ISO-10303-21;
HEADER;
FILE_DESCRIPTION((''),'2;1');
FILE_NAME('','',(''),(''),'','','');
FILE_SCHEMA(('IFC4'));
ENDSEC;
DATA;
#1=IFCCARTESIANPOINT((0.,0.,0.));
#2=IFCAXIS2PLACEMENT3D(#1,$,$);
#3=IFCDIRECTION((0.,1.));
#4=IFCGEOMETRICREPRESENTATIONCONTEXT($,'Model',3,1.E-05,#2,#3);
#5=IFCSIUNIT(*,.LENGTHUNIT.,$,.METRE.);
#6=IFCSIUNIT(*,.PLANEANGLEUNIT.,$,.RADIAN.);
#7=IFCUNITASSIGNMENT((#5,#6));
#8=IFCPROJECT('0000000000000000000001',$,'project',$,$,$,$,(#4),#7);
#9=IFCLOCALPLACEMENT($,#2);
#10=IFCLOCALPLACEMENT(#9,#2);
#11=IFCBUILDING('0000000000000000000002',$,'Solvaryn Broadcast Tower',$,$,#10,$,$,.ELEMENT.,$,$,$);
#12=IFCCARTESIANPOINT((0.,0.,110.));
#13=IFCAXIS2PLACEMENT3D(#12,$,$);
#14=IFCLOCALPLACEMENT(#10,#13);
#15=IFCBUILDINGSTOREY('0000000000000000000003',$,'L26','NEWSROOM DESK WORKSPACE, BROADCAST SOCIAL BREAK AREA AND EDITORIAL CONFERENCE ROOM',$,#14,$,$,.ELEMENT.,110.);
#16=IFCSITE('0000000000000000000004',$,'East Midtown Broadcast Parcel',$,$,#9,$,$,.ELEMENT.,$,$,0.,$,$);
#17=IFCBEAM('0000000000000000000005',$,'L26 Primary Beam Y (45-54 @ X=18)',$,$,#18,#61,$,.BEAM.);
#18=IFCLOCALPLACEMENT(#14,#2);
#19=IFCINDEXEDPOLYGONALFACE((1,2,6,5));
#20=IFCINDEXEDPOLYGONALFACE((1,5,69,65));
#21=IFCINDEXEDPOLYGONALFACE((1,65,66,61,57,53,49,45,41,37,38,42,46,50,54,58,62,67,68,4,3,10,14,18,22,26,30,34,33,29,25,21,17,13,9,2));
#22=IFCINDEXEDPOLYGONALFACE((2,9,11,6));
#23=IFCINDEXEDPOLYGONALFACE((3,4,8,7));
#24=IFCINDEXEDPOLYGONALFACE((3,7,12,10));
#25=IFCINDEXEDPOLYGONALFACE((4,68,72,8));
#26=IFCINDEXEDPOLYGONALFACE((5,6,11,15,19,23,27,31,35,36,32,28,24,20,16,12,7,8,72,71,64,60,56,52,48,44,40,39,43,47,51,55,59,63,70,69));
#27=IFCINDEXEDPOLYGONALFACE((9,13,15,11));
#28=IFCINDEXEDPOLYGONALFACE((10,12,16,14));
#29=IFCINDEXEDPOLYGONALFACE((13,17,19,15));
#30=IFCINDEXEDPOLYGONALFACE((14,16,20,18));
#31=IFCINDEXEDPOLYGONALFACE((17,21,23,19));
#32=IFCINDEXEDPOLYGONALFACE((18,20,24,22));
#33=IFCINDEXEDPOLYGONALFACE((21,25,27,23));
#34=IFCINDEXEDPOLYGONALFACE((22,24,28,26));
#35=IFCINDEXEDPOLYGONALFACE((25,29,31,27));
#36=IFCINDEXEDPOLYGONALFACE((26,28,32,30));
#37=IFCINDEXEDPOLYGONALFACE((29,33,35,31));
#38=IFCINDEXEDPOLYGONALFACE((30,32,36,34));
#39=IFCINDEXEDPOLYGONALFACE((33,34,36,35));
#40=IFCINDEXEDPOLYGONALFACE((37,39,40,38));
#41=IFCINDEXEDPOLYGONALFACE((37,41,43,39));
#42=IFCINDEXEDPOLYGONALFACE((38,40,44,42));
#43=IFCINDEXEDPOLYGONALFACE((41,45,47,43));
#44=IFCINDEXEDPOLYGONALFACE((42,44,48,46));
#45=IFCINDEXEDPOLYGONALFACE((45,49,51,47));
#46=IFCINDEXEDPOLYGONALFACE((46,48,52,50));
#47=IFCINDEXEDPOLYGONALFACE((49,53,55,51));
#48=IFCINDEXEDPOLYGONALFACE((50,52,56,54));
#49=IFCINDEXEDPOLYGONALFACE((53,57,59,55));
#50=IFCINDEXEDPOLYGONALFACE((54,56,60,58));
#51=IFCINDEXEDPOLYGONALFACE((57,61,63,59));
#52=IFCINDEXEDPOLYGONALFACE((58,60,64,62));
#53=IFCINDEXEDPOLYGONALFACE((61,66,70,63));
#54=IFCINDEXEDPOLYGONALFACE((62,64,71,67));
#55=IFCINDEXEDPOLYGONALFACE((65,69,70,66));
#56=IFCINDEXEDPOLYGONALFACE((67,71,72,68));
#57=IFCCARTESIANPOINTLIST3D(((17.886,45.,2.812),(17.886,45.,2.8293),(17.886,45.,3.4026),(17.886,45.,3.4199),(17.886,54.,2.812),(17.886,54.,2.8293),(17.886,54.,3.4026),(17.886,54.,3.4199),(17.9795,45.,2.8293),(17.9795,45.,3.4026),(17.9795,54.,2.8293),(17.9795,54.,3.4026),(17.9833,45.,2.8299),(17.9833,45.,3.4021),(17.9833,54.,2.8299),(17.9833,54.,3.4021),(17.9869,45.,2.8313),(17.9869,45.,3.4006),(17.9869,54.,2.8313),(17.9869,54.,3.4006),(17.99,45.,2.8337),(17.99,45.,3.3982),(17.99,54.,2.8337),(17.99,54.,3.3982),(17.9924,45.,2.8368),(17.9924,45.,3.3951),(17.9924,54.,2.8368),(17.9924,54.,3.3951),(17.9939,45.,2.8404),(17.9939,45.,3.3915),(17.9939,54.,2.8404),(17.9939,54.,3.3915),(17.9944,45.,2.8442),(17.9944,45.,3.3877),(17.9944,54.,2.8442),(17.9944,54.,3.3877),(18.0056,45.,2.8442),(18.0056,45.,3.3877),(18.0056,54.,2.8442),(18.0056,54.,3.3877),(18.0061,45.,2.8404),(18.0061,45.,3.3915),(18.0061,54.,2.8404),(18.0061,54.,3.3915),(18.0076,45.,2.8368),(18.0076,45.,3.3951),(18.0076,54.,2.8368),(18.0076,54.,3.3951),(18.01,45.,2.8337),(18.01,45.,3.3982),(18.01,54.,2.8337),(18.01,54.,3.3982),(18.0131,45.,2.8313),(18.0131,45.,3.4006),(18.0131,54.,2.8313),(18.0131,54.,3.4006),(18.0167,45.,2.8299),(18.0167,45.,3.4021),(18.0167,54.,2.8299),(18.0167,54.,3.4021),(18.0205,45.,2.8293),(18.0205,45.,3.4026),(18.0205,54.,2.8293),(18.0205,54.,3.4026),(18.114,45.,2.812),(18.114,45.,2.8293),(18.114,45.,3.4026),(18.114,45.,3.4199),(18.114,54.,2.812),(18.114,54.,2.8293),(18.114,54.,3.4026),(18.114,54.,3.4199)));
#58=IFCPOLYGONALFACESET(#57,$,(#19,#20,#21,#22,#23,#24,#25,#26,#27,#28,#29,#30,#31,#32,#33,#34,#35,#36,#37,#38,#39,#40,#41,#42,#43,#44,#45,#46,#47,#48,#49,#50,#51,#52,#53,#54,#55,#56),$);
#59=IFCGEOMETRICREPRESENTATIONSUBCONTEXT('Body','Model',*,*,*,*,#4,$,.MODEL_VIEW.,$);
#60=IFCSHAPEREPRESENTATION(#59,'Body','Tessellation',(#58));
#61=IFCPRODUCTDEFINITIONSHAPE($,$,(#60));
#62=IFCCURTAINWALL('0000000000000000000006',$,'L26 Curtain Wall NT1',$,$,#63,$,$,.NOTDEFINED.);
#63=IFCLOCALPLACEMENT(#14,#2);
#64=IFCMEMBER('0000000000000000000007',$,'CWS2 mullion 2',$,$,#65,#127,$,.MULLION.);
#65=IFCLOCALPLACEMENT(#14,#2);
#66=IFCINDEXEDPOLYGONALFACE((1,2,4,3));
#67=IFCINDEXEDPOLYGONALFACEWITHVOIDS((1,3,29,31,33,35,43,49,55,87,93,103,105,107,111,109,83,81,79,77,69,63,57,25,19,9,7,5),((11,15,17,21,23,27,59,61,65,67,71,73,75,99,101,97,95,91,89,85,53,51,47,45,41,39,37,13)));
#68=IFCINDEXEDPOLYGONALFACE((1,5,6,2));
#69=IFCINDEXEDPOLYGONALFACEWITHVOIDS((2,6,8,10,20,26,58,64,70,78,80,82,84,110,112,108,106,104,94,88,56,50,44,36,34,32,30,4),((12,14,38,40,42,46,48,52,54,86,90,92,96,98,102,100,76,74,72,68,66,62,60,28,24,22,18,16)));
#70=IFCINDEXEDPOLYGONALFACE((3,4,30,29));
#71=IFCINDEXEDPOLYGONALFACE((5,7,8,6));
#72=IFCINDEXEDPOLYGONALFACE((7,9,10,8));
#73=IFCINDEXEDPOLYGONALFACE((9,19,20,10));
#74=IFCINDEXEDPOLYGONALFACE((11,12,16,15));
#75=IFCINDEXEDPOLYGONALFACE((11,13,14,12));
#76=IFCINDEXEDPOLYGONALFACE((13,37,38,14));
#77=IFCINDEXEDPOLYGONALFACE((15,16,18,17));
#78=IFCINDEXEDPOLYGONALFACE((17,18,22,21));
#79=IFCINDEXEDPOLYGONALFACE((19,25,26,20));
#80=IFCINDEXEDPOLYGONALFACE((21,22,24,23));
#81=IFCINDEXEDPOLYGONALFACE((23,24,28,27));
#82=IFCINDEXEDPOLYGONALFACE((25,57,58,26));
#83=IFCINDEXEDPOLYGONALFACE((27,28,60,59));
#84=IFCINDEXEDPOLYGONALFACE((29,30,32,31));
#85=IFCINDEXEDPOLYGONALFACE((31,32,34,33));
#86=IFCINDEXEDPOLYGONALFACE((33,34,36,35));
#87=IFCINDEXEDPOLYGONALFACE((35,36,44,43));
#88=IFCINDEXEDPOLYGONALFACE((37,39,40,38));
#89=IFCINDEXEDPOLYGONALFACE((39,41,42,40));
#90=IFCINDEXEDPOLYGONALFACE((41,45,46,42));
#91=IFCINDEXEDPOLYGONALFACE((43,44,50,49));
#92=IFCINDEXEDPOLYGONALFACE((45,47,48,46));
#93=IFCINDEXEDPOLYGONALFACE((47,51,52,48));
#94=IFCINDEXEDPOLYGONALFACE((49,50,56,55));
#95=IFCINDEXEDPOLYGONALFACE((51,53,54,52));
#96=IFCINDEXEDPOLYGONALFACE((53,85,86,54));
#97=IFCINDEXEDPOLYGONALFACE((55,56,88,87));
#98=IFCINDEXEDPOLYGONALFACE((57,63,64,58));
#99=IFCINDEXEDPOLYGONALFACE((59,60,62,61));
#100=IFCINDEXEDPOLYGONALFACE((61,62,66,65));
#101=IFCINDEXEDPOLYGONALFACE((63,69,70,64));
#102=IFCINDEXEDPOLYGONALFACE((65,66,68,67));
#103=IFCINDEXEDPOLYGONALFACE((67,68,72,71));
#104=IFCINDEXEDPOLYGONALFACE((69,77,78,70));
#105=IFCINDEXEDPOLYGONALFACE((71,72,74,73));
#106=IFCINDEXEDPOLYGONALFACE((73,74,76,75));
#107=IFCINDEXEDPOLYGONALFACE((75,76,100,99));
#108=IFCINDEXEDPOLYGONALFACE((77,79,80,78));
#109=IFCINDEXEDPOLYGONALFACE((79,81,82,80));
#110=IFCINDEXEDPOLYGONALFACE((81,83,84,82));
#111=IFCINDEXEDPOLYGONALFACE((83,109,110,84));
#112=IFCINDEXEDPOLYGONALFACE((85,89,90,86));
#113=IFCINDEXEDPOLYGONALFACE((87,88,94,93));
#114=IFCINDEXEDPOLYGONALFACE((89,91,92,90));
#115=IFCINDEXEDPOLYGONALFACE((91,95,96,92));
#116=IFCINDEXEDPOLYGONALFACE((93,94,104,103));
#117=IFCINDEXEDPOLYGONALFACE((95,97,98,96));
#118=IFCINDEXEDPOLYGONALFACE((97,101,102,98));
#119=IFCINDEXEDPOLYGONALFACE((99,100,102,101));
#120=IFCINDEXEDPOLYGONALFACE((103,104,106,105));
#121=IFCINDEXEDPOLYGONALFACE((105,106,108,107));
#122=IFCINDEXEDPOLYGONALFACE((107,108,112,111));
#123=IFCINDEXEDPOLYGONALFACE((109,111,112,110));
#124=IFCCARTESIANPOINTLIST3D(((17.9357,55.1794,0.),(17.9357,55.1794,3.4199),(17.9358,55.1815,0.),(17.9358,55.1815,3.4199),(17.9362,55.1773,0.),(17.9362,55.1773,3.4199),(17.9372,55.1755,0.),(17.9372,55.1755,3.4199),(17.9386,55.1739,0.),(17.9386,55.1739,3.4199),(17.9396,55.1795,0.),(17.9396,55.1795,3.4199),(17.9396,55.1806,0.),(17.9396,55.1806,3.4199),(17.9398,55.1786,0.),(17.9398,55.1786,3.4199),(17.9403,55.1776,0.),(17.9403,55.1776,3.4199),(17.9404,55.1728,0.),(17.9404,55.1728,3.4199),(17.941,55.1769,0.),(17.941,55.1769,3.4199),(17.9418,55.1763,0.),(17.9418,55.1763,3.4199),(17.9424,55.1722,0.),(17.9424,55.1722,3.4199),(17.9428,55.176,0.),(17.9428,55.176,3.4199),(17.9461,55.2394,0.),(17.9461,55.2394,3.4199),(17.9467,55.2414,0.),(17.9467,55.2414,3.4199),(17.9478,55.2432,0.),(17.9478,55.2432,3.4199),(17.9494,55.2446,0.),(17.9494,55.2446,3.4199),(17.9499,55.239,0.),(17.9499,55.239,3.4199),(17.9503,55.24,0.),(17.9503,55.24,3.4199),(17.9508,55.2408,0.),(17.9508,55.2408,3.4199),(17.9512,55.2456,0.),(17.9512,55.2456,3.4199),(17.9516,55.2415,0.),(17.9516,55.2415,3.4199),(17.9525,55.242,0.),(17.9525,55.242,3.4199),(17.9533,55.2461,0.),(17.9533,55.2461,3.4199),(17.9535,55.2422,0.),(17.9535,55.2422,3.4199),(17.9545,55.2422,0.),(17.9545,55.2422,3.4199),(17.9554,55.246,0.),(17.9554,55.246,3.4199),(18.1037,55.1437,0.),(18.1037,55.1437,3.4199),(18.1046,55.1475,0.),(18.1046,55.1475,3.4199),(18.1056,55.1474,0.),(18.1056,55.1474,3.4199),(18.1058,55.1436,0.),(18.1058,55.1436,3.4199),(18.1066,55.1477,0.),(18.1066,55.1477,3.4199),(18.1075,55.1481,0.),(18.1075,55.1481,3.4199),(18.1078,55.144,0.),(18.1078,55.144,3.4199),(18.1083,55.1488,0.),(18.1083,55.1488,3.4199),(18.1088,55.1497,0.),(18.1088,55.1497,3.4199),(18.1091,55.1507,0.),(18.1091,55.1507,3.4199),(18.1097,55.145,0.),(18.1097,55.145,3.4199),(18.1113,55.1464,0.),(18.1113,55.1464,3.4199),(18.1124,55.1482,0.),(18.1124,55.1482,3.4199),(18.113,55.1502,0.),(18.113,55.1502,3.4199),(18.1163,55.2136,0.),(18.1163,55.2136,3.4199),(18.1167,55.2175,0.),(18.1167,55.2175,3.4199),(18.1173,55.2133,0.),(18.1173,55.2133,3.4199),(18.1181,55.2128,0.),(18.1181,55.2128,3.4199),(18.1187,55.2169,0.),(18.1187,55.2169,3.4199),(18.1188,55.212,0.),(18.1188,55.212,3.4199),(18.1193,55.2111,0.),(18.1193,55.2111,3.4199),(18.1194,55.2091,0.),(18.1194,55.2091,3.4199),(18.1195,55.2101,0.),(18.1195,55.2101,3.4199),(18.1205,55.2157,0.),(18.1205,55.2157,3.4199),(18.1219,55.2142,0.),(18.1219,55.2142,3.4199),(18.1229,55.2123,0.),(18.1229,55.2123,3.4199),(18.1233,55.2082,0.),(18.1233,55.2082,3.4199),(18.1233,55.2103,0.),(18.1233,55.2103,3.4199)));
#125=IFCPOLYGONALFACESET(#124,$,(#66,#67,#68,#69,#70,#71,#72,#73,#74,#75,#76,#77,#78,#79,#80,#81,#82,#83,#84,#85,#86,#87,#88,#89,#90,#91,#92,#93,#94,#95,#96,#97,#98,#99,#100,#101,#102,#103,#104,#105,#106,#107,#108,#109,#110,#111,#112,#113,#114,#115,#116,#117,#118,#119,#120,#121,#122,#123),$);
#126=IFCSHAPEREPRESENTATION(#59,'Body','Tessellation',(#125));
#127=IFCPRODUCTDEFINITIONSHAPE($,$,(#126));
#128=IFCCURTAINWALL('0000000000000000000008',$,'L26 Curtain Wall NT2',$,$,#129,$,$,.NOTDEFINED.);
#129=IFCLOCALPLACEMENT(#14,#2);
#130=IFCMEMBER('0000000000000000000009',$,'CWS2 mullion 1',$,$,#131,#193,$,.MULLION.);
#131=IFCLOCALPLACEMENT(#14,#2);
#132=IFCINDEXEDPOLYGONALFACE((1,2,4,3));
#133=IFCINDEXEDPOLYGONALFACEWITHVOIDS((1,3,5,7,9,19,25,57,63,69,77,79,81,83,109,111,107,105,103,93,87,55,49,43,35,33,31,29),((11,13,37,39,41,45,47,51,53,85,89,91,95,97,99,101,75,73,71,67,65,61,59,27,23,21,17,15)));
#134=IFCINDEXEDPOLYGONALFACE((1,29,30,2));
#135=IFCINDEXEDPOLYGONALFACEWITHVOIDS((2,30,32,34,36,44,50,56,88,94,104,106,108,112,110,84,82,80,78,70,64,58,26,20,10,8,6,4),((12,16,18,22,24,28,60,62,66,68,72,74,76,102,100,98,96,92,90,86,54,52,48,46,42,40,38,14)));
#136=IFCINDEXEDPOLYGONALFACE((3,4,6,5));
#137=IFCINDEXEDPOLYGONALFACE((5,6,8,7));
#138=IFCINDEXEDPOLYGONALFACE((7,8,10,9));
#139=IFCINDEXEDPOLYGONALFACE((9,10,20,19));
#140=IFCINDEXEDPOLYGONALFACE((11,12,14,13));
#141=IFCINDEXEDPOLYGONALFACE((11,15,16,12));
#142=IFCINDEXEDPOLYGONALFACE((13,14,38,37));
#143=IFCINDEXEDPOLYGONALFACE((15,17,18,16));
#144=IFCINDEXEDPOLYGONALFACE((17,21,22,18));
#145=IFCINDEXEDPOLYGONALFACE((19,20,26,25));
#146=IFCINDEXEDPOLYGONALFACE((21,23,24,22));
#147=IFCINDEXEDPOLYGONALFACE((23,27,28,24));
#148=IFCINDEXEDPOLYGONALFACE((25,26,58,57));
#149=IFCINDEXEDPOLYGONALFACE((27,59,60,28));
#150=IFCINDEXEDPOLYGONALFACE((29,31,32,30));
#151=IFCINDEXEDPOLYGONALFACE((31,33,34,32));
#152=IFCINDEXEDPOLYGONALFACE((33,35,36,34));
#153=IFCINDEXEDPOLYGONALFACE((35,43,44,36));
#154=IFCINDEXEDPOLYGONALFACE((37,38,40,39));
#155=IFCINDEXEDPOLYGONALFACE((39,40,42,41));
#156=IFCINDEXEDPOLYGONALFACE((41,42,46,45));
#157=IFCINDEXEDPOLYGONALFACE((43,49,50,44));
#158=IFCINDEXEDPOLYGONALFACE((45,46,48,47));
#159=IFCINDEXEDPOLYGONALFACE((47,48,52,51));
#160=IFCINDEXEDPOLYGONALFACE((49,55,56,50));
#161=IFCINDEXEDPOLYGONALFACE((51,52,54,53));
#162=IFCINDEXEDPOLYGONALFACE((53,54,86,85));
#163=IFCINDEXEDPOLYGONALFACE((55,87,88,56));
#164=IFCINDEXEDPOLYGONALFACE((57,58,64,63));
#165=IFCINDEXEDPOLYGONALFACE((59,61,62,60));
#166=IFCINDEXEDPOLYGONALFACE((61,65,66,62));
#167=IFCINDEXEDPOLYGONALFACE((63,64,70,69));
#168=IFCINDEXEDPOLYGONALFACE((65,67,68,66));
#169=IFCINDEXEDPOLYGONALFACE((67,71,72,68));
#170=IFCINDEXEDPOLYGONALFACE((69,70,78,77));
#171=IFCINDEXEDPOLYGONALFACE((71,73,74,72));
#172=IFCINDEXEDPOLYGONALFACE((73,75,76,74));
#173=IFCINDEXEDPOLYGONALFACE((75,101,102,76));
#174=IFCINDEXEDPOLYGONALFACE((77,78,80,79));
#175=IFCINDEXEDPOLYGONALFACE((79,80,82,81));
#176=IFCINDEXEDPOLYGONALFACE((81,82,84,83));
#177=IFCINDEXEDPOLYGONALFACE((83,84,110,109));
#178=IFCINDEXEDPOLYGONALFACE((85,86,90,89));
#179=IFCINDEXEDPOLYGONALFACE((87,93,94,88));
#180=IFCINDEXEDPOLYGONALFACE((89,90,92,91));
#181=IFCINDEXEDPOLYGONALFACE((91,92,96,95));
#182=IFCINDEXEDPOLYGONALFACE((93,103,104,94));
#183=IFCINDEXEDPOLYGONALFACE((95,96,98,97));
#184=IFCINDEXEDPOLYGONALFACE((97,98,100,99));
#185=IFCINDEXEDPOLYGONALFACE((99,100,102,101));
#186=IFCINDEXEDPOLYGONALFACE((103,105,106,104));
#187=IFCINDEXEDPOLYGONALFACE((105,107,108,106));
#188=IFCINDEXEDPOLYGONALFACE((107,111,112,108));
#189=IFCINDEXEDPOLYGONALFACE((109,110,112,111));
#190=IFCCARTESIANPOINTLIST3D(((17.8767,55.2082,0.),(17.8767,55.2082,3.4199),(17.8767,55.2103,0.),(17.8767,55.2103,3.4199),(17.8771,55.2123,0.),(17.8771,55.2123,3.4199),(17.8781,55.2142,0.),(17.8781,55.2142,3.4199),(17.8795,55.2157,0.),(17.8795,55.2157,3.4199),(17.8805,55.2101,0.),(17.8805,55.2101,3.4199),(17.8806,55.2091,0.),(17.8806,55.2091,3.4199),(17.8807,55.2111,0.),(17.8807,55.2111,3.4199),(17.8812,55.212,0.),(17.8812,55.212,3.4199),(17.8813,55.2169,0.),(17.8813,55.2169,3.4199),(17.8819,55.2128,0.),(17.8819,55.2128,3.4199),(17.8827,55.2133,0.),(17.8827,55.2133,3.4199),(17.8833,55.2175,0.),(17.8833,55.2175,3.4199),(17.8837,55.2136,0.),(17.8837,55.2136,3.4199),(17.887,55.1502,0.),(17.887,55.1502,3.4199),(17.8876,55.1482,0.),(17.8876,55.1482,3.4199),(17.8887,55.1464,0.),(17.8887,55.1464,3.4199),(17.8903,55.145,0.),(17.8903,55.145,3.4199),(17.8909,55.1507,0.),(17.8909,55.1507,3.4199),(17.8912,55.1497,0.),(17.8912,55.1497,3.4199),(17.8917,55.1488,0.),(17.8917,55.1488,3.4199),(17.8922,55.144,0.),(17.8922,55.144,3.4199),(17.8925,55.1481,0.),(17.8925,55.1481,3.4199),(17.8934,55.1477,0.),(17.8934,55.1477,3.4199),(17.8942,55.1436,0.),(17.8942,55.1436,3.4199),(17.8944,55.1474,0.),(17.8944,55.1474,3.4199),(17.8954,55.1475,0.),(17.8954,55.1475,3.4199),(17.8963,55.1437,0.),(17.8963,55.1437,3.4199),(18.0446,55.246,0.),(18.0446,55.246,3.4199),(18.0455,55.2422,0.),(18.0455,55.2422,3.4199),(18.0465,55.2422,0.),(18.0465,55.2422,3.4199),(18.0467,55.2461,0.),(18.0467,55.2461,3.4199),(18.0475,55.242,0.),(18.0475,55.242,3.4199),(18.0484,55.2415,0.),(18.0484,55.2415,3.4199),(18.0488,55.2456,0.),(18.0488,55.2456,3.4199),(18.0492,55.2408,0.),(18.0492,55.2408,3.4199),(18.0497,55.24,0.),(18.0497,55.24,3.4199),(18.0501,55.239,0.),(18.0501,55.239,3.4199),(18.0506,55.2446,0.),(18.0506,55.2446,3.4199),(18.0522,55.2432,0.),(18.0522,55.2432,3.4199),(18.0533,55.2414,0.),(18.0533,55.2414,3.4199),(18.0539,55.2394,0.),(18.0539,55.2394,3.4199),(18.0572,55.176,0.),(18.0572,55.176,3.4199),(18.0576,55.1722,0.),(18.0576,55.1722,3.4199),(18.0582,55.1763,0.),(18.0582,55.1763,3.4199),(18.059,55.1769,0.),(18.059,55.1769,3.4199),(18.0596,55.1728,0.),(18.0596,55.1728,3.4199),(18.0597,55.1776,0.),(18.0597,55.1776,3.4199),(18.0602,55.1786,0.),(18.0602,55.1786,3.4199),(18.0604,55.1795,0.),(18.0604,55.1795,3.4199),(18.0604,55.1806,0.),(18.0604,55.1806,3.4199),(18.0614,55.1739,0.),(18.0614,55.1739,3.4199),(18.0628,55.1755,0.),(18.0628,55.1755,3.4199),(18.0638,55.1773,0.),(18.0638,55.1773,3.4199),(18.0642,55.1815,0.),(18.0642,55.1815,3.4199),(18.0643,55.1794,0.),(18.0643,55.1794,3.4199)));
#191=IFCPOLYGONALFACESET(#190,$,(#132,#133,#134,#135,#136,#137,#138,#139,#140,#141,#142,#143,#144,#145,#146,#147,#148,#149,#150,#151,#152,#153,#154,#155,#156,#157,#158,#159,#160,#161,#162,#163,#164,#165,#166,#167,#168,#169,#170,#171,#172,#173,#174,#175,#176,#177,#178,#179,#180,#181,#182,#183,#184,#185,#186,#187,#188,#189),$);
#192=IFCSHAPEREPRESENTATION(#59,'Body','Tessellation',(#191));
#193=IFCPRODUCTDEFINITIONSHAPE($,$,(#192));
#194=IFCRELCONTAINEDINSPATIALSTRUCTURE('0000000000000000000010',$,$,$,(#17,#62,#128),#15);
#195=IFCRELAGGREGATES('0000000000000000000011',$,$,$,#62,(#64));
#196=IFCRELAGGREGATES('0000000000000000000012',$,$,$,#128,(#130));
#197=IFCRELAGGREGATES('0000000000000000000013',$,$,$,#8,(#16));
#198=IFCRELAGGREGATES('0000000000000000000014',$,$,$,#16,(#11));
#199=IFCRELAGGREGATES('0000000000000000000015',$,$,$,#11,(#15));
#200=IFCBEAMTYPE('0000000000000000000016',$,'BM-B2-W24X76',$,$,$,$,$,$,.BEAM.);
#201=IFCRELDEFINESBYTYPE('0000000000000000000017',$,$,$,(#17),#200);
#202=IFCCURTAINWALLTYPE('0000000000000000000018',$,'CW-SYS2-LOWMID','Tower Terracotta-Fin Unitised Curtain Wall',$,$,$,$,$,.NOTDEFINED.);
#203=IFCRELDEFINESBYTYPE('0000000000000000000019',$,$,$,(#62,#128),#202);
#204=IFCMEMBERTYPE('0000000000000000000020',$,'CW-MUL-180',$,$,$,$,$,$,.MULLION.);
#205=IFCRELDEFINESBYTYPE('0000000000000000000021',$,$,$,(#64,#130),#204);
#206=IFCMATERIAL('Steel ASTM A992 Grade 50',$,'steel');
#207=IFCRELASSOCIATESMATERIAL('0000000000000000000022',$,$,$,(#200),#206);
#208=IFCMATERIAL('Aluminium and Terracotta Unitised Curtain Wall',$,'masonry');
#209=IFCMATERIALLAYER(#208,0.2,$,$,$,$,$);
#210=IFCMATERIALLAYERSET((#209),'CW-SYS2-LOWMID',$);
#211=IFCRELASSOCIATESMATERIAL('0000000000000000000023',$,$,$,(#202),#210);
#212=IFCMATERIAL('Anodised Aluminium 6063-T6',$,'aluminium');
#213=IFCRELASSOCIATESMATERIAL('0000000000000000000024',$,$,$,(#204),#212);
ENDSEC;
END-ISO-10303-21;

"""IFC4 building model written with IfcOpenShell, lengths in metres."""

from ifc_helpers import new_model, si_unit, direction, frame, origin, origin_2d, place, context, subcontext, project, spatial, hollow_rectangle, i_section, extrude, material, layer, layer_set, material_profile, profile_set, type_object, element, aggregate, save


model = new_model("IFC4")

# Units and contexts
model_context = context("Model", 3, precision=1e-05, world=origin(), true_north=direction((0.0, 1.0)))
body_context = subcontext(model_context, "Body", "Model", "MODEL_VIEW")
ifc_project = project(units=[si_unit("LENGTHUNIT", "METRE"), si_unit("PLANEANGLEUNIT", "RADIAN")], contexts=[model_context])

# Site, building, storey
site_placement = place(None, origin())
site = spatial("IfcSite", under=ifc_project, at=site_placement, Name="East Midtown Broadcast Parcel", CompositionType="ELEMENT", RefElevation=0.0)
building_placement = place(site_placement, origin())
building = spatial("IfcBuilding", under=site, at=building_placement, Name="Solvaryn Broadcast Tower", CompositionType="ELEMENT")
storey_placement = place(building_placement, frame((0.0, 0.0, 110.0)))
storey = spatial("IfcBuildingStorey", under=building, at=storey_placement, Name="L26", Description="NEWSROOM DESK WORKSPACE, BROADCAST SOCIAL BREAK AREA AND EDITORIAL CONFERENCE ROOM", CompositionType="ELEMENT", Elevation=110.0)

# Beam
ifc_material_1 = material(Name="Steel ASTM A992 Grade 50", Category="steel")
ifc_material_profile_1 = material_profile(ifc_material_1, i_section(OverallWidth=0.228, OverallDepth=0.6079, WebThickness=0.0112, FlangeThickness=0.0173, FilletRadius=0.0149, at=origin_2d()))
ifc_profile_set_1 = profile_set([ifc_material_profile_1], Name="Steel ASTM A992 Grade 50")
beam_type_1 = type_object("IfcBeamType", Name="BM-B2-W24X76", PredefinedType="BEAM", material=ifc_profile_set_1)
beam_1_placement = place(storey_placement, frame((18.0, 45.0, 3.116), z_axis=(0.0, 1.0, 0.0), x_axis=(-1.0, 0.0, 0.0)))
element("IfcBeam", 1, at=beam_1_placement, inside=storey, type_object=beam_type_1, Name="L26 Primary Beam Y (45-54 @ X=18)", PredefinedType="BEAM", context=body_context, shape_type="SweptSolid", body=[
    extrude(i_section(OverallWidth=0.228, OverallDepth=0.6079, WebThickness=0.0112, FlangeThickness=0.0173, FilletRadius=0.0149, at=origin_2d()), origin(), (0.0, 0.0, 1.0), 9.0),
])

# Curtain wall, member
ifc_material_2 = material(Name="Aluminium and Terracotta Unitised Curtain Wall", Category="masonry")
ifc_layer_1 = layer(ifc_material_2, 0.2)
ifc_layer_set_1 = layer_set([ifc_layer_1], Name="CW-SYS2-LOWMID")
curtain_wall_type = type_object("IfcCurtainWallType", Name="CW-SYS2-LOWMID", Description="Tower Terracotta-Fin Unitised Curtain Wall", PredefinedType="NOTDEFINED", material=ifc_layer_set_1)
curtain_wall_1_placement = place(storey_placement, origin())
curtain_wall_1 = element("IfcCurtainWall", 2, at=curtain_wall_1_placement, inside=storey, type_object=curtain_wall_type, Name="L26 Curtain Wall NT1", PredefinedType="NOTDEFINED")
ifc_material_3 = material(Name="Anodised Aluminium 6063-T6", Category="aluminium")
ifc_material_profile_2 = material_profile(ifc_material_3, hollow_rectangle(XDim=0.075, YDim=0.1799, WallThickness=0.0039, InnerFilletRadius=0.0039, OuterFilletRadius=0.0081, at=origin_2d()))
ifc_profile_set_2 = profile_set([ifc_material_profile_2], Name="Anodised Aluminium 6063-T6")
member_type_1 = type_object("IfcMemberType", Name="CW-MUL-180", PredefinedType="MULLION", material=ifc_profile_set_2)
member_1_placement = place(storey_placement, frame((18.0295, 55.1948, 0.0), z_axis=(0.0, 0.0, 1.0), x_axis=(-0.173785, -0.984784, 0.0)))
member_1 = element("IfcMember", 3, at=member_1_placement, type_object=member_type_1, Name="CWS2 mullion 2", PredefinedType="MULLION", context=body_context, shape_type="SweptSolid", body=[
    extrude(hollow_rectangle(XDim=0.075, YDim=0.1799, WallThickness=0.0039, InnerFilletRadius=0.0039, OuterFilletRadius=0.0081, at=origin_2d()), origin(), (0.0, 0.0, 1.0), 3.4199),
])

# Curtain wall, member
curtain_wall_2_placement = place(storey_placement, origin())
curtain_wall_2 = element("IfcCurtainWall", 4, at=curtain_wall_2_placement, inside=storey, type_object=curtain_wall_type, Name="L26 Curtain Wall NT2", PredefinedType="NOTDEFINED")
member_2_placement = place(storey_placement, frame((17.9705, 55.1948, 0.0), z_axis=(0.0, 0.0, 1.0), x_axis=(0.173785, -0.984784, 0.0)))
member_2 = element("IfcMember", 5, at=member_2_placement, type_object=member_type_1, Name="CWS2 mullion 1", PredefinedType="MULLION", context=body_context, shape_type="SweptSolid", body=[
    extrude(hollow_rectangle(XDim=0.075, YDim=0.1799, WallThickness=0.0039, InnerFilletRadius=0.0039, OuterFilletRadius=0.0081, at=origin_2d()), origin(), (0.0, 0.0, 1.0), 3.4199),
])

aggregate(curtain_wall_1, [member_1])
aggregate(curtain_wall_2, [member_2])

save(model, "model.ifc")
